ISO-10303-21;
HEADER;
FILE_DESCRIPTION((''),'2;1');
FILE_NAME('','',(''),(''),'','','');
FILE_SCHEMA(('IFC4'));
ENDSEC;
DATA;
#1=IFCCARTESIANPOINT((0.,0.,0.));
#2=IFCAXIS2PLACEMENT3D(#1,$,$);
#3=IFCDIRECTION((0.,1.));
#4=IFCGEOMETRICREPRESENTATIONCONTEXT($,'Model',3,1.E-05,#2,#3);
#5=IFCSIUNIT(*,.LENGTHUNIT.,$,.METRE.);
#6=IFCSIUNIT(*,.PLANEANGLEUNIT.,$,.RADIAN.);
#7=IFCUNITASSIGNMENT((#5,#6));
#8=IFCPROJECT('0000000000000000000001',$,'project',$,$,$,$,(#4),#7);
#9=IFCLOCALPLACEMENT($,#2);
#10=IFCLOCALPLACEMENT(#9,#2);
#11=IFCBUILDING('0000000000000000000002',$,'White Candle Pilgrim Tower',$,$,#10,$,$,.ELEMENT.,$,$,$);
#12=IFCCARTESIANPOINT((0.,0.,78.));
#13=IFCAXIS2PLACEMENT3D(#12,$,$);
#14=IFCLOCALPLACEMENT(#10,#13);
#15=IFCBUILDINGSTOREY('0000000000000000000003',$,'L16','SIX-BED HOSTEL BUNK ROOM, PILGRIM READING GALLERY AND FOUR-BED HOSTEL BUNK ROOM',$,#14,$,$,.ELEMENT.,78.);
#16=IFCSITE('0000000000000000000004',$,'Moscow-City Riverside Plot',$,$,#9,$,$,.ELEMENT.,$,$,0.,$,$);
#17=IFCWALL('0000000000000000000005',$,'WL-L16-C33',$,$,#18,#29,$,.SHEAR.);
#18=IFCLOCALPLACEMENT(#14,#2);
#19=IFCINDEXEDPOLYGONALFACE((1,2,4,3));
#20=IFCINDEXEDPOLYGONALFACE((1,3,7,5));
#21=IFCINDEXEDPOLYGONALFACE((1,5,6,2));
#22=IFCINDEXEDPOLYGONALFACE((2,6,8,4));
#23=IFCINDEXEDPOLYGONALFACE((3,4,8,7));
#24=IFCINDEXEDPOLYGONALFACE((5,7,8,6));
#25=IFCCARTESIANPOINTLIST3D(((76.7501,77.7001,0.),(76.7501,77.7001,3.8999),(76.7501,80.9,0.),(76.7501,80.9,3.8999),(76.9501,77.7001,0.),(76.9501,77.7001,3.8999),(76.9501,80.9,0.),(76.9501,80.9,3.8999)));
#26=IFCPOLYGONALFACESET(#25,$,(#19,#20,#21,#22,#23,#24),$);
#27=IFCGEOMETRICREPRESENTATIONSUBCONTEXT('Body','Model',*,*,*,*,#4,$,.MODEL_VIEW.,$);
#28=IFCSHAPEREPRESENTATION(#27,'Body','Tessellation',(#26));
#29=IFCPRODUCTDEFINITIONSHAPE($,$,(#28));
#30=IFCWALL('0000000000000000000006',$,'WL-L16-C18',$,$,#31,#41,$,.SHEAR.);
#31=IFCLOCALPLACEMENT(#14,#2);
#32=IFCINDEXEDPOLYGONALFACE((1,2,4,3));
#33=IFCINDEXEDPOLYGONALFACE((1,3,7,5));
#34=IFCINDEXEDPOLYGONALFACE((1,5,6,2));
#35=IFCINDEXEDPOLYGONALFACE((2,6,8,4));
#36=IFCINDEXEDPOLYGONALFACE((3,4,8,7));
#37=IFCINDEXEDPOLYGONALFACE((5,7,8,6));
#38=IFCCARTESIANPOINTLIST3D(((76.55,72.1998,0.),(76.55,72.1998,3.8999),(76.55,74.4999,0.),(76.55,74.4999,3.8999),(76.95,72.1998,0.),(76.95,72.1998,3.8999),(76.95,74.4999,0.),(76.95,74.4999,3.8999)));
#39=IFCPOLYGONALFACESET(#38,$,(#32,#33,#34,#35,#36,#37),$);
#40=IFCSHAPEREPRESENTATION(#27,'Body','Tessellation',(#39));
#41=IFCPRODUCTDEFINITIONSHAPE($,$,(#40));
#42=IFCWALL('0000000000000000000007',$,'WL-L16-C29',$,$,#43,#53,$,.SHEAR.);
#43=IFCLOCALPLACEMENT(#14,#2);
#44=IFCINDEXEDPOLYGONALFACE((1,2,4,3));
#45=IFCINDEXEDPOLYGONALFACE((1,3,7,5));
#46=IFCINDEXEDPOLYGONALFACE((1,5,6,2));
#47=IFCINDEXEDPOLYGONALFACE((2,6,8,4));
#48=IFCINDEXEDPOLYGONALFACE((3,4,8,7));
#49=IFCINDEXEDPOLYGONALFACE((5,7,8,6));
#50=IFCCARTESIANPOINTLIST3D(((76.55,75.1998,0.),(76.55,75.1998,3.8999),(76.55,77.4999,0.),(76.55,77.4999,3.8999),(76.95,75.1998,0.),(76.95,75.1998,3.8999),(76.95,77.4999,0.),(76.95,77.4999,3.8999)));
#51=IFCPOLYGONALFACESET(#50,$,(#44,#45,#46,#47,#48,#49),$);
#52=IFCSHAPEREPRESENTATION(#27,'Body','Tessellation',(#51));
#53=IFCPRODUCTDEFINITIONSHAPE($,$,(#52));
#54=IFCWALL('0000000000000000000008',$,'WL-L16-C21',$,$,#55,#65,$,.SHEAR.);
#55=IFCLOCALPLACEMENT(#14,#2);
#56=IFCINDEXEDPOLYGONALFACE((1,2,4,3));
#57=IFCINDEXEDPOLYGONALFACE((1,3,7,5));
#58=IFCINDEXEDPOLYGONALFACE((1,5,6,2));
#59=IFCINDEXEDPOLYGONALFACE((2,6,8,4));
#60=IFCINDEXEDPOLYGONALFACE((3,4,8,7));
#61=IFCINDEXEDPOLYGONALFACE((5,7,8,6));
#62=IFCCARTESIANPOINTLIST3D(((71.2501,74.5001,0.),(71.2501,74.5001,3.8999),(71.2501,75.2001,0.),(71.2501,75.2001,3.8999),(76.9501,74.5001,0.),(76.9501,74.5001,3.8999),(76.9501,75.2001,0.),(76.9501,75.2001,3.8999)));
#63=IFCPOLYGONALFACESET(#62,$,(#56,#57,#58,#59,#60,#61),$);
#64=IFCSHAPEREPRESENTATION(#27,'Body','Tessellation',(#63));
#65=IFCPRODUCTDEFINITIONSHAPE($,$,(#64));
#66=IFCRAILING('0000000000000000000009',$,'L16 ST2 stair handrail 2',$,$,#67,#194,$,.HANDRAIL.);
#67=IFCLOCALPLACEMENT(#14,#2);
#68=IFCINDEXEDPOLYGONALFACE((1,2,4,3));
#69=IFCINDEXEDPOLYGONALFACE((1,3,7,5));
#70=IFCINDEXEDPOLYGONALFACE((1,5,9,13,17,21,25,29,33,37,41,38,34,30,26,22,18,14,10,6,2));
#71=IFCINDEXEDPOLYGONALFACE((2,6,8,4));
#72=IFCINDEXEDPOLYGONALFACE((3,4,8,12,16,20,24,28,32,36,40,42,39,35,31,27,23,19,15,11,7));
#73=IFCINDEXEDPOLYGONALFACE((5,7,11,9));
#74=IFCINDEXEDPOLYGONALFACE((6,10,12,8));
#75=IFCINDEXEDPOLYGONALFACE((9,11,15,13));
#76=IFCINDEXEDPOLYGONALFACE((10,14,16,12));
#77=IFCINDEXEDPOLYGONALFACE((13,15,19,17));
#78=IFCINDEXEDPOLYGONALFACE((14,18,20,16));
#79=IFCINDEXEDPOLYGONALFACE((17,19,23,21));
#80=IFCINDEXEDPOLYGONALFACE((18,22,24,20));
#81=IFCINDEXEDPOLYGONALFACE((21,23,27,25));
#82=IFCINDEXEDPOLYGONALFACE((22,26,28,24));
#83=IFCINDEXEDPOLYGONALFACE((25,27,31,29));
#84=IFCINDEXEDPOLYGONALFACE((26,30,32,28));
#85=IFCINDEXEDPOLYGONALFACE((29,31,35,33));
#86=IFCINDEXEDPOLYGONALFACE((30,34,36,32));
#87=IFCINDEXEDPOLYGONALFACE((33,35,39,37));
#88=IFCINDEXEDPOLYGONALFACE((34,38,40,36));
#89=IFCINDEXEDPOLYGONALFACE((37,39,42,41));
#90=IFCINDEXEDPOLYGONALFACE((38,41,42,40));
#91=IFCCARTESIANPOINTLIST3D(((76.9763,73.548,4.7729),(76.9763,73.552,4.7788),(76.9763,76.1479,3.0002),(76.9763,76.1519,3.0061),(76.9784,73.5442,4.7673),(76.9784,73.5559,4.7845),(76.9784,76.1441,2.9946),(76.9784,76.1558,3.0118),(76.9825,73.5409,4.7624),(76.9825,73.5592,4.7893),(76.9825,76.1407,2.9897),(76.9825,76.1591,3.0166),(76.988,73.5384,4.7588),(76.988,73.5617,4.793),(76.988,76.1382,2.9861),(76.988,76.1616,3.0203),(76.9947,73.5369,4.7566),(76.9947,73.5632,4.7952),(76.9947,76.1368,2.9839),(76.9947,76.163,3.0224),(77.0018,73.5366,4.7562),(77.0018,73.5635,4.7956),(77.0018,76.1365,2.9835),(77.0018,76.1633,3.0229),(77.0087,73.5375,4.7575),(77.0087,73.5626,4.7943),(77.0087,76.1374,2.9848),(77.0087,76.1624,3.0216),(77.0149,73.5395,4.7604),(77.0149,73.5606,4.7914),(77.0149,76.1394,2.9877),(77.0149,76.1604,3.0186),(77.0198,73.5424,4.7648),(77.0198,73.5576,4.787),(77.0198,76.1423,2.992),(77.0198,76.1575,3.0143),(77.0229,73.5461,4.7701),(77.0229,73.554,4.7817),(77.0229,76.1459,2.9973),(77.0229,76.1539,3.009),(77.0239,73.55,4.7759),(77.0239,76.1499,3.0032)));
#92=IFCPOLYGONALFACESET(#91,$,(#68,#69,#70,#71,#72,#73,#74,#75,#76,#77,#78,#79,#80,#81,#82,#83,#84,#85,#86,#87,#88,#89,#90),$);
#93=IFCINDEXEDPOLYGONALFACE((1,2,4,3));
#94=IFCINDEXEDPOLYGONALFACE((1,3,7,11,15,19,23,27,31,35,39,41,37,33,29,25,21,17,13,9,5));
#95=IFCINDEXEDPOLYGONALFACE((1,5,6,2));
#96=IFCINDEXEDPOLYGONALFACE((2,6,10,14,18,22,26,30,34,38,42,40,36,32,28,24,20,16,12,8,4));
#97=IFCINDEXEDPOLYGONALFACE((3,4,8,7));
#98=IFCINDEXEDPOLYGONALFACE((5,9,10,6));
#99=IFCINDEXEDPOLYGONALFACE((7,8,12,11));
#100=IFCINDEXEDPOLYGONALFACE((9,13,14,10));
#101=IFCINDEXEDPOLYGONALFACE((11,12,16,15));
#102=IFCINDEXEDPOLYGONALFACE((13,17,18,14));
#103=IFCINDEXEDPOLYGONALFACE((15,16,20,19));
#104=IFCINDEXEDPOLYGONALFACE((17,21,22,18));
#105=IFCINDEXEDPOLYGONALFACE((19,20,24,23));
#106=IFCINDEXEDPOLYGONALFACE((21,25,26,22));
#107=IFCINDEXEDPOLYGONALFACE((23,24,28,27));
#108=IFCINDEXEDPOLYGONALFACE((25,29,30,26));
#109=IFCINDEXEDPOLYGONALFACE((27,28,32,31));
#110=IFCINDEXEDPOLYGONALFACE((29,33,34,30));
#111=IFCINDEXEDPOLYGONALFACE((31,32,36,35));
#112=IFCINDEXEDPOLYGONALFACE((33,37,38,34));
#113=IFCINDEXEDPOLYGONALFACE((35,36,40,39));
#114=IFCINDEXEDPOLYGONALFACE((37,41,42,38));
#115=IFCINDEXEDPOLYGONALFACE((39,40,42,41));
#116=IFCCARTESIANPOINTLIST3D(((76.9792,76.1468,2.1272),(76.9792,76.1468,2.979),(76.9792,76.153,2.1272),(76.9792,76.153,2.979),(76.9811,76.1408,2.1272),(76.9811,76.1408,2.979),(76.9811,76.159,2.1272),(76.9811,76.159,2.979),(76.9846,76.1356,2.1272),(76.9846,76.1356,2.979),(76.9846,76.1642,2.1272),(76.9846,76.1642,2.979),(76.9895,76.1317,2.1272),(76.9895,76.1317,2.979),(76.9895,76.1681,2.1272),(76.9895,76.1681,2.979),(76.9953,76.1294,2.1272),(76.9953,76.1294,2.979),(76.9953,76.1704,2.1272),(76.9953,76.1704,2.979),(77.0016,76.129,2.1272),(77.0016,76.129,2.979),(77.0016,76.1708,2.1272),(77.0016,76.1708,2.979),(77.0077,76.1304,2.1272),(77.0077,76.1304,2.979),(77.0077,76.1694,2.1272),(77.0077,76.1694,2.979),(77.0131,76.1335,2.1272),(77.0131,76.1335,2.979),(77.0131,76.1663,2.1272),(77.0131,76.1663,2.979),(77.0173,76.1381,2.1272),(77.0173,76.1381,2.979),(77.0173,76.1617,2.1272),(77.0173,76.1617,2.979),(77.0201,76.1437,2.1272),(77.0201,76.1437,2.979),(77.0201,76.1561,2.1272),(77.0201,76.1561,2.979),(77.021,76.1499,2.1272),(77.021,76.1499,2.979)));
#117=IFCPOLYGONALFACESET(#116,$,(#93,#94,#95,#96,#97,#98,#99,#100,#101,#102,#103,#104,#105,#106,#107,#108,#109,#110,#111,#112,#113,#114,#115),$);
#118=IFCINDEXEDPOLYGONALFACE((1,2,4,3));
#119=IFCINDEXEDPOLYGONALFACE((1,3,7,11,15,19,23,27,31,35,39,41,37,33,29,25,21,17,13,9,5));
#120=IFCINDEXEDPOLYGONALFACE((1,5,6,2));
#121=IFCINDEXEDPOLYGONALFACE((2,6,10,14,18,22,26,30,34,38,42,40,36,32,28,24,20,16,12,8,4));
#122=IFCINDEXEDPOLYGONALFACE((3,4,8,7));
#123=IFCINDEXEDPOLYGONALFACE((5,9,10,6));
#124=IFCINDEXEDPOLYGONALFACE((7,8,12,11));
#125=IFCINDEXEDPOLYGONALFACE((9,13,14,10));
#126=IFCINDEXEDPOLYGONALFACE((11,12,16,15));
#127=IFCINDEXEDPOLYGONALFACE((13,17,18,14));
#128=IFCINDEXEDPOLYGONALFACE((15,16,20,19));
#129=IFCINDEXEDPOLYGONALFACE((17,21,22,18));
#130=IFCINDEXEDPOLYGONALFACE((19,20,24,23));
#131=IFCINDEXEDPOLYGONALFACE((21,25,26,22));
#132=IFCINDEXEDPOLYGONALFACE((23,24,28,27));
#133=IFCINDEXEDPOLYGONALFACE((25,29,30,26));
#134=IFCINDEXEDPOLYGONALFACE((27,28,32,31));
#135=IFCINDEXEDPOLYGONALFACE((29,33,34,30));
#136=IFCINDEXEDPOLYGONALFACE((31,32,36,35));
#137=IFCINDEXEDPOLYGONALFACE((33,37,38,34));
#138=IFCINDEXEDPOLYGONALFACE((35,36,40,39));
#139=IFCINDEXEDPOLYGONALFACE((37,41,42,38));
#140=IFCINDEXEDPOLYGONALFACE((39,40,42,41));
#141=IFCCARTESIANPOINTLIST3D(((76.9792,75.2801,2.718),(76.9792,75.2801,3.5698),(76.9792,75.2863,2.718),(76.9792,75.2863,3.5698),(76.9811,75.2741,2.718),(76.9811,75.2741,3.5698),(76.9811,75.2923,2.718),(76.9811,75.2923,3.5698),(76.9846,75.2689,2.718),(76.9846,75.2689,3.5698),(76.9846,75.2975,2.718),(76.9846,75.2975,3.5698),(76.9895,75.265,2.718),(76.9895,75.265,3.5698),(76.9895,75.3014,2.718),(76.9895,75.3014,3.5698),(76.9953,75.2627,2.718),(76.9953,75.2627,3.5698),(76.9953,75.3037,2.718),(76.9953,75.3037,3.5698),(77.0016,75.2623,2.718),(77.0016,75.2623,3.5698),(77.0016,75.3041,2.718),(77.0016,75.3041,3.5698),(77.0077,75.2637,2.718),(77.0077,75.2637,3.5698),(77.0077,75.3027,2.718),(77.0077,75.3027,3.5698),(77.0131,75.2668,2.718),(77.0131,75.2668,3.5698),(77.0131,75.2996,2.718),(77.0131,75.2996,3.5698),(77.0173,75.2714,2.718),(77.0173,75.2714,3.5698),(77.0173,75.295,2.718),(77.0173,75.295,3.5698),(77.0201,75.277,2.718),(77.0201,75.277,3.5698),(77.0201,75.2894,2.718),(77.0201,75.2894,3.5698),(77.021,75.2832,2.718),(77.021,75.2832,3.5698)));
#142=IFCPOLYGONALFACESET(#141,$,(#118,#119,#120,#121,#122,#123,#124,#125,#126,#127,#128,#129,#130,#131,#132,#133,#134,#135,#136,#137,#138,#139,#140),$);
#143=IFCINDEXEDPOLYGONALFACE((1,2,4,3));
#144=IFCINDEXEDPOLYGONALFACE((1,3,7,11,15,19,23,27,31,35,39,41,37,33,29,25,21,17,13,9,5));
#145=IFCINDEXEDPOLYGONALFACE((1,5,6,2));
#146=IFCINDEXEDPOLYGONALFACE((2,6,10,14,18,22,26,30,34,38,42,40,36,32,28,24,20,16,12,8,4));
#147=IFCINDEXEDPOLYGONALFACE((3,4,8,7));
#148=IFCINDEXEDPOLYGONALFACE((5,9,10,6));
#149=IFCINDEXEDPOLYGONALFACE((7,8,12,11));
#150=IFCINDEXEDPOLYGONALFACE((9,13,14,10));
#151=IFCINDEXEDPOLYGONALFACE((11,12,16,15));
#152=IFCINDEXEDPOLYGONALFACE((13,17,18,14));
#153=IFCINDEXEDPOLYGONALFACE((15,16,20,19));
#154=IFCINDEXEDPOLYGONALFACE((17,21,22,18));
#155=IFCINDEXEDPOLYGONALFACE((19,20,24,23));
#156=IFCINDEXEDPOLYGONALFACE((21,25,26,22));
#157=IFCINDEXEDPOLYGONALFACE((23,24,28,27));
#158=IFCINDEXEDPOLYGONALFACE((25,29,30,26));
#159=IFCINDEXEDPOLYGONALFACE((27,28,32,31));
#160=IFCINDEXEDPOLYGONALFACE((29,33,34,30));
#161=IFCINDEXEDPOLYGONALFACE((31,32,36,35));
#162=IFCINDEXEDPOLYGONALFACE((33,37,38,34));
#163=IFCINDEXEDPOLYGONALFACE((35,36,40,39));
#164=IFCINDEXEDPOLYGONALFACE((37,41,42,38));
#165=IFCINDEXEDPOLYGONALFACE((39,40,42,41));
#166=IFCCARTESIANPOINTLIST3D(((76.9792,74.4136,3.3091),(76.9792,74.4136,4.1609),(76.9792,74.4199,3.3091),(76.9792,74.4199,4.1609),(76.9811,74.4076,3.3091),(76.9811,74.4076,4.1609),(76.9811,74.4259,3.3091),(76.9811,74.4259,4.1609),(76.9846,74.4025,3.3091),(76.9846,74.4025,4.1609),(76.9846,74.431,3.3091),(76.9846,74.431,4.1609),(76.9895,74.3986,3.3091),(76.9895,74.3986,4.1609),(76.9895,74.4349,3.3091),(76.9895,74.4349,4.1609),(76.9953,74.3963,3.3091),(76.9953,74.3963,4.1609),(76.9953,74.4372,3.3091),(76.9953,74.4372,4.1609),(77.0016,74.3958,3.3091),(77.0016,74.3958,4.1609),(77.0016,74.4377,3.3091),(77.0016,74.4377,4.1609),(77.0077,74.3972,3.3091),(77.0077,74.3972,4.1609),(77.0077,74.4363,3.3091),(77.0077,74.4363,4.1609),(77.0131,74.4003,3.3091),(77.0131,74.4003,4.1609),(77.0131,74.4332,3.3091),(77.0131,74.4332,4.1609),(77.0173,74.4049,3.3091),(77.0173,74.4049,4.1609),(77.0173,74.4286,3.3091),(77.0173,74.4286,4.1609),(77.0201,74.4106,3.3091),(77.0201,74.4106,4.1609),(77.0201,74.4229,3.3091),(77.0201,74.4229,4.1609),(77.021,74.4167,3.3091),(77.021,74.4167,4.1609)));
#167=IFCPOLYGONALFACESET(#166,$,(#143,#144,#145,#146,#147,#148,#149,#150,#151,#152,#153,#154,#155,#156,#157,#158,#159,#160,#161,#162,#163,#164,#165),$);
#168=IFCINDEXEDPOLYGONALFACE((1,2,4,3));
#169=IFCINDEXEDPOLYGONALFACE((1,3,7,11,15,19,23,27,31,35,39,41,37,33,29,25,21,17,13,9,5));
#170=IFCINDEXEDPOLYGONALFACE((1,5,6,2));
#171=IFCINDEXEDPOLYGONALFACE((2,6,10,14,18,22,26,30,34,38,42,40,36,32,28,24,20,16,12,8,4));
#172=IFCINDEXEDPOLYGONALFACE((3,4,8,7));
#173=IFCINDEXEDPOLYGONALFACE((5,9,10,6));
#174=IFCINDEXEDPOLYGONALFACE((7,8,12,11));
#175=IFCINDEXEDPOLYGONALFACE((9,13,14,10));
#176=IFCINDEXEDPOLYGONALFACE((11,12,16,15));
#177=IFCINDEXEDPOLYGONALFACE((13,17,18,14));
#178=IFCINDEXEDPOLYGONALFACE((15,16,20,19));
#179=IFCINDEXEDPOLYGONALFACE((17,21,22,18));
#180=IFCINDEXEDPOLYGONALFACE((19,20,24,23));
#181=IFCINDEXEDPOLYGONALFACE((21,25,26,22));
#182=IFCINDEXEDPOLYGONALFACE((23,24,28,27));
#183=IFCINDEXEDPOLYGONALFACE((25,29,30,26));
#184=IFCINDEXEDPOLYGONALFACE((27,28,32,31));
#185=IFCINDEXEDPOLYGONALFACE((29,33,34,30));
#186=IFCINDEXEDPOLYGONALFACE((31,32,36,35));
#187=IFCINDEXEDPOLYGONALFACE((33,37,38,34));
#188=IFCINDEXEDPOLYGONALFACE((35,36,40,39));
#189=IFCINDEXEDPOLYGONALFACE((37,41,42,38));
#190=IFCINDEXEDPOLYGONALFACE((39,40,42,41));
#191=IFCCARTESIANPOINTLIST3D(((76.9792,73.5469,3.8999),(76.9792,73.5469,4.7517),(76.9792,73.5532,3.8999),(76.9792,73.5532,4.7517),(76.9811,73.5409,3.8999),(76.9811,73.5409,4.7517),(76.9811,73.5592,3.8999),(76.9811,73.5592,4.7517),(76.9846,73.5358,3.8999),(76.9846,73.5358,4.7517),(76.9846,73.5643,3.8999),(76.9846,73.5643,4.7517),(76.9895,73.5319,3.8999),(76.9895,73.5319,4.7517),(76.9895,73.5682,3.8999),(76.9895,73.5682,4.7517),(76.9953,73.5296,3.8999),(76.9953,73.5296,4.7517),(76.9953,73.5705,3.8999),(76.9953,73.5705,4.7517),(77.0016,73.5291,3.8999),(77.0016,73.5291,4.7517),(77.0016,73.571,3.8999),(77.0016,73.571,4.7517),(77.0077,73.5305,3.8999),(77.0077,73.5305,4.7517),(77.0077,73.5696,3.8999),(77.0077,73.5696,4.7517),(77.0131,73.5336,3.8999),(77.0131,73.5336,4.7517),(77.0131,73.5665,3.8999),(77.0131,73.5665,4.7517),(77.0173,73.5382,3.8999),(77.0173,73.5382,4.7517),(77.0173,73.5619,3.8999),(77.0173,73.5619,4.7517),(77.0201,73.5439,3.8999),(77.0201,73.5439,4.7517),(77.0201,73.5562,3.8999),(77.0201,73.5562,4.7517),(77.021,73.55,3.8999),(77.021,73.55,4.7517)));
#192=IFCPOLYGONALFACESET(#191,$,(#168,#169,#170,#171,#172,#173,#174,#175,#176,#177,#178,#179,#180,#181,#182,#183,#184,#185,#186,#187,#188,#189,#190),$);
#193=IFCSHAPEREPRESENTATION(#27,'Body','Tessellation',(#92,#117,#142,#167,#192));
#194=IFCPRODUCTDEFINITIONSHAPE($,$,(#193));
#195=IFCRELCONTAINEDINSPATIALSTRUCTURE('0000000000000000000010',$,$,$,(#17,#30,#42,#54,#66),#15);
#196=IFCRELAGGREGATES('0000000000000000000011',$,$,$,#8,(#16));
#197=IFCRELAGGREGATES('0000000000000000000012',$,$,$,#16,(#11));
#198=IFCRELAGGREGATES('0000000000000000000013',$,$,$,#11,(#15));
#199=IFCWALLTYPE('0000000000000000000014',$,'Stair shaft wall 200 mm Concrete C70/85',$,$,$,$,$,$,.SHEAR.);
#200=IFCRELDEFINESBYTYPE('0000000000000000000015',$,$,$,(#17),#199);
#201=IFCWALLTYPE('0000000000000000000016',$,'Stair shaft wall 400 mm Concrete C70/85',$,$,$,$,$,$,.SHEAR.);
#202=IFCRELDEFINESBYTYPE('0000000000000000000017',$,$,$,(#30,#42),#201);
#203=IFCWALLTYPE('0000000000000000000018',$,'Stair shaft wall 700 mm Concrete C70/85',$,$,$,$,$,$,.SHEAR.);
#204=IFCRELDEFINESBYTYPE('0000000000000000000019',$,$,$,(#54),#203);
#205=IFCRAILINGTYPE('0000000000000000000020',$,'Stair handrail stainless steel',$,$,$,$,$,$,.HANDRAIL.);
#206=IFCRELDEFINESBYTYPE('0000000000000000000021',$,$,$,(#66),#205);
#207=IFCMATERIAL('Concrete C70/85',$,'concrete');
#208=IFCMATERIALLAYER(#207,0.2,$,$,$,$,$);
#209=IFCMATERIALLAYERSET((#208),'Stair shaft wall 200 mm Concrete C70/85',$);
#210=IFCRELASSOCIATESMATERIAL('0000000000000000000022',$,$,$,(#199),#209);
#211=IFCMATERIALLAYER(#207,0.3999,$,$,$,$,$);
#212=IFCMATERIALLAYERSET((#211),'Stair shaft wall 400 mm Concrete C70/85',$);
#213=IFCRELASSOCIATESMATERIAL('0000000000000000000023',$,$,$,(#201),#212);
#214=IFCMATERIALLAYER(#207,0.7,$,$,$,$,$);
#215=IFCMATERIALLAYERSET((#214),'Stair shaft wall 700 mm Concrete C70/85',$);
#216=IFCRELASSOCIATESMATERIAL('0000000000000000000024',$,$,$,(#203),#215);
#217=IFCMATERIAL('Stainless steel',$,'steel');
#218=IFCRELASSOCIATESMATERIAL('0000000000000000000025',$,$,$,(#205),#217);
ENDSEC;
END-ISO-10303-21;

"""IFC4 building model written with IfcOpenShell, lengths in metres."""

from ifc_helpers import new_model, si_unit, direction, frame, frame_2d, origin, origin_2d, place, context, subcontext, project, spatial, rectangle, circle, extrude, material, layer, layer_set, type_object, element, save


model = new_model("IFC4")

# Units and contexts
model_context = context("Model", 3, precision=1e-05, world=origin(), true_north=direction((0.0, 1.0)))
body_context = subcontext(model_context, "Body", "Model", "MODEL_VIEW")
ifc_project = project(units=[si_unit("LENGTHUNIT", "METRE"), si_unit("PLANEANGLEUNIT", "RADIAN")], contexts=[model_context])

# Site, building, storey
site_placement = place(None, origin())
site = spatial("IfcSite", under=ifc_project, at=site_placement, Name="Moscow-City Riverside Plot", CompositionType="ELEMENT", RefElevation=0.0)
building_placement = place(site_placement, origin())
building = spatial("IfcBuilding", under=site, at=building_placement, Name="White Candle Pilgrim Tower", CompositionType="ELEMENT")
storey_placement = place(building_placement, frame((0.0, 0.0, 78.0)))
storey = spatial("IfcBuildingStorey", under=building, at=storey_placement, Name="L16", Description="SIX-BED HOSTEL BUNK ROOM, PILGRIM READING GALLERY AND FOUR-BED HOSTEL BUNK ROOM", CompositionType="ELEMENT", Elevation=78.0)

# Shared definitions
ifc_material_1 = material(Name="Concrete C70/85", Category="concrete")

# Shared definitions
ifc_layer_1 = layer(ifc_material_1, 0.2)
ifc_layer_set_1 = layer_set([ifc_layer_1], Name="Stair shaft wall 200 mm Concrete C70/85")
wall_type_1 = type_object("IfcWallType", Name="Stair shaft wall 200 mm Concrete C70/85", PredefinedType="SHEAR", material=ifc_layer_set_1)

# Walls
wall_1_placement = place(storey_placement, frame((76.8501, 77.7, 0.0), z_axis=(0.0, 0.0, 1.0), x_axis=(0.0, 1.0, 0.0)))
element("IfcWall", 1, at=wall_1_placement, inside=storey, type_object=wall_type_1, Name="WL-L16-C33", PredefinedType="SHEAR", context=body_context, shape_type="SweptSolid", body=[
    extrude(rectangle(XDim=3.2, YDim=0.2, at=frame_2d((1.6001, 0.0))), origin(), (0.0, 0.0, 1.0), 3.8999),
])
ifc_layer_2 = layer(ifc_material_1, 0.3999)
ifc_layer_set_2 = layer_set([ifc_layer_2], Name="Stair shaft wall 400 mm Concrete C70/85")
wall_type_2 = type_object("IfcWallType", Name="Stair shaft wall 400 mm Concrete C70/85", PredefinedType="SHEAR", material=ifc_layer_set_2)
for number, where, z_axis, x_axis, name in (
    (2, (76.75, 72.2, 0.0), (0.0, 0.0, 1.0), (0.0, 1.0, 0.0), "WL-L16-C18"),
    (3, (76.75, 75.2, 0.0), (0.0, 0.0, 1.0), (0.0, 1.0, 0.0), "WL-L16-C29"),
):
    element("IfcWall", number, at=place(storey_placement, frame(where, z_axis=z_axis, x_axis=x_axis)), inside=storey, type_object=wall_type_2, Name=name, PredefinedType="SHEAR", context=body_context, shape_type="SweptSolid", body=[
        extrude(rectangle(XDim=2.3, YDim=0.3999, at=frame_2d((1.1499, 0.0))), origin(), (0.0, 0.0, 1.0), 3.8999),
    ])
ifc_layer_3 = layer(ifc_material_1, 0.7)
ifc_layer_set_3 = layer_set([ifc_layer_3], Name="Stair shaft wall 700 mm Concrete C70/85")
wall_type_3 = type_object("IfcWallType", Name="Stair shaft wall 700 mm Concrete C70/85", PredefinedType="SHEAR", material=ifc_layer_set_3)
wall_2_placement = place(storey_placement, frame((71.25, 74.8501, 0.0), z_axis=(0.0, 0.0, 1.0), x_axis=(1.0, 0.0, 0.0)))
element("IfcWall", 4, at=wall_2_placement, inside=storey, type_object=wall_type_3, Name="WL-L16-C21", PredefinedType="SHEAR", context=body_context, shape_type="SweptSolid", body=[
    extrude(rectangle(XDim=5.7, YDim=0.7, at=frame_2d((2.8501, 0.0))), origin(), (0.0, 0.0, 1.0), 3.8999),
])

# Railing
ifc_material_2 = material(Name="Stainless steel", Category="steel")
railing_type = type_object("IfcRailingType", Name="Stair handrail stainless steel", PredefinedType="HANDRAIL", material=ifc_material_2)
railing_placement = place(storey_placement, frame((77.0, 76.1499, 2.1272)))
element("IfcRailing", 5, at=railing_placement, inside=storey, type_object=railing_type, Name="L16 ST2 stair handrail 2", PredefinedType="HANDRAIL", context=body_context, shape_type="SweptSolid", body=[
    extrude(circle(Radius=0.0239, at=origin_2d()), frame((0.0, 0.0, 0.876), z_axis=(0.0, -0.826216, 0.563354), x_axis=(1.0, 0.0, 0.0)), (0.0, 0.0, 1.0), 3.1467),
    extrude(circle(Radius=0.021, at=origin_2d()), origin(), (0.0, 0.0, 1.0), 0.8518),
    extrude(circle(Radius=0.021, at=origin_2d()), frame((0.0, -0.8667, 0.5908)), (0.0, 0.0, 1.0), 0.8518),
    extrude(circle(Radius=0.021, at=origin_2d()), frame((0.0, -1.7332, 1.1819)), (0.0, 0.0, 1.0), 0.8518),
    extrude(circle(Radius=0.021, at=origin_2d()), frame((0.0, -2.5999, 1.7727)), (0.0, 0.0, 1.0), 0.8518),
])

save(model, "model.ifc")
